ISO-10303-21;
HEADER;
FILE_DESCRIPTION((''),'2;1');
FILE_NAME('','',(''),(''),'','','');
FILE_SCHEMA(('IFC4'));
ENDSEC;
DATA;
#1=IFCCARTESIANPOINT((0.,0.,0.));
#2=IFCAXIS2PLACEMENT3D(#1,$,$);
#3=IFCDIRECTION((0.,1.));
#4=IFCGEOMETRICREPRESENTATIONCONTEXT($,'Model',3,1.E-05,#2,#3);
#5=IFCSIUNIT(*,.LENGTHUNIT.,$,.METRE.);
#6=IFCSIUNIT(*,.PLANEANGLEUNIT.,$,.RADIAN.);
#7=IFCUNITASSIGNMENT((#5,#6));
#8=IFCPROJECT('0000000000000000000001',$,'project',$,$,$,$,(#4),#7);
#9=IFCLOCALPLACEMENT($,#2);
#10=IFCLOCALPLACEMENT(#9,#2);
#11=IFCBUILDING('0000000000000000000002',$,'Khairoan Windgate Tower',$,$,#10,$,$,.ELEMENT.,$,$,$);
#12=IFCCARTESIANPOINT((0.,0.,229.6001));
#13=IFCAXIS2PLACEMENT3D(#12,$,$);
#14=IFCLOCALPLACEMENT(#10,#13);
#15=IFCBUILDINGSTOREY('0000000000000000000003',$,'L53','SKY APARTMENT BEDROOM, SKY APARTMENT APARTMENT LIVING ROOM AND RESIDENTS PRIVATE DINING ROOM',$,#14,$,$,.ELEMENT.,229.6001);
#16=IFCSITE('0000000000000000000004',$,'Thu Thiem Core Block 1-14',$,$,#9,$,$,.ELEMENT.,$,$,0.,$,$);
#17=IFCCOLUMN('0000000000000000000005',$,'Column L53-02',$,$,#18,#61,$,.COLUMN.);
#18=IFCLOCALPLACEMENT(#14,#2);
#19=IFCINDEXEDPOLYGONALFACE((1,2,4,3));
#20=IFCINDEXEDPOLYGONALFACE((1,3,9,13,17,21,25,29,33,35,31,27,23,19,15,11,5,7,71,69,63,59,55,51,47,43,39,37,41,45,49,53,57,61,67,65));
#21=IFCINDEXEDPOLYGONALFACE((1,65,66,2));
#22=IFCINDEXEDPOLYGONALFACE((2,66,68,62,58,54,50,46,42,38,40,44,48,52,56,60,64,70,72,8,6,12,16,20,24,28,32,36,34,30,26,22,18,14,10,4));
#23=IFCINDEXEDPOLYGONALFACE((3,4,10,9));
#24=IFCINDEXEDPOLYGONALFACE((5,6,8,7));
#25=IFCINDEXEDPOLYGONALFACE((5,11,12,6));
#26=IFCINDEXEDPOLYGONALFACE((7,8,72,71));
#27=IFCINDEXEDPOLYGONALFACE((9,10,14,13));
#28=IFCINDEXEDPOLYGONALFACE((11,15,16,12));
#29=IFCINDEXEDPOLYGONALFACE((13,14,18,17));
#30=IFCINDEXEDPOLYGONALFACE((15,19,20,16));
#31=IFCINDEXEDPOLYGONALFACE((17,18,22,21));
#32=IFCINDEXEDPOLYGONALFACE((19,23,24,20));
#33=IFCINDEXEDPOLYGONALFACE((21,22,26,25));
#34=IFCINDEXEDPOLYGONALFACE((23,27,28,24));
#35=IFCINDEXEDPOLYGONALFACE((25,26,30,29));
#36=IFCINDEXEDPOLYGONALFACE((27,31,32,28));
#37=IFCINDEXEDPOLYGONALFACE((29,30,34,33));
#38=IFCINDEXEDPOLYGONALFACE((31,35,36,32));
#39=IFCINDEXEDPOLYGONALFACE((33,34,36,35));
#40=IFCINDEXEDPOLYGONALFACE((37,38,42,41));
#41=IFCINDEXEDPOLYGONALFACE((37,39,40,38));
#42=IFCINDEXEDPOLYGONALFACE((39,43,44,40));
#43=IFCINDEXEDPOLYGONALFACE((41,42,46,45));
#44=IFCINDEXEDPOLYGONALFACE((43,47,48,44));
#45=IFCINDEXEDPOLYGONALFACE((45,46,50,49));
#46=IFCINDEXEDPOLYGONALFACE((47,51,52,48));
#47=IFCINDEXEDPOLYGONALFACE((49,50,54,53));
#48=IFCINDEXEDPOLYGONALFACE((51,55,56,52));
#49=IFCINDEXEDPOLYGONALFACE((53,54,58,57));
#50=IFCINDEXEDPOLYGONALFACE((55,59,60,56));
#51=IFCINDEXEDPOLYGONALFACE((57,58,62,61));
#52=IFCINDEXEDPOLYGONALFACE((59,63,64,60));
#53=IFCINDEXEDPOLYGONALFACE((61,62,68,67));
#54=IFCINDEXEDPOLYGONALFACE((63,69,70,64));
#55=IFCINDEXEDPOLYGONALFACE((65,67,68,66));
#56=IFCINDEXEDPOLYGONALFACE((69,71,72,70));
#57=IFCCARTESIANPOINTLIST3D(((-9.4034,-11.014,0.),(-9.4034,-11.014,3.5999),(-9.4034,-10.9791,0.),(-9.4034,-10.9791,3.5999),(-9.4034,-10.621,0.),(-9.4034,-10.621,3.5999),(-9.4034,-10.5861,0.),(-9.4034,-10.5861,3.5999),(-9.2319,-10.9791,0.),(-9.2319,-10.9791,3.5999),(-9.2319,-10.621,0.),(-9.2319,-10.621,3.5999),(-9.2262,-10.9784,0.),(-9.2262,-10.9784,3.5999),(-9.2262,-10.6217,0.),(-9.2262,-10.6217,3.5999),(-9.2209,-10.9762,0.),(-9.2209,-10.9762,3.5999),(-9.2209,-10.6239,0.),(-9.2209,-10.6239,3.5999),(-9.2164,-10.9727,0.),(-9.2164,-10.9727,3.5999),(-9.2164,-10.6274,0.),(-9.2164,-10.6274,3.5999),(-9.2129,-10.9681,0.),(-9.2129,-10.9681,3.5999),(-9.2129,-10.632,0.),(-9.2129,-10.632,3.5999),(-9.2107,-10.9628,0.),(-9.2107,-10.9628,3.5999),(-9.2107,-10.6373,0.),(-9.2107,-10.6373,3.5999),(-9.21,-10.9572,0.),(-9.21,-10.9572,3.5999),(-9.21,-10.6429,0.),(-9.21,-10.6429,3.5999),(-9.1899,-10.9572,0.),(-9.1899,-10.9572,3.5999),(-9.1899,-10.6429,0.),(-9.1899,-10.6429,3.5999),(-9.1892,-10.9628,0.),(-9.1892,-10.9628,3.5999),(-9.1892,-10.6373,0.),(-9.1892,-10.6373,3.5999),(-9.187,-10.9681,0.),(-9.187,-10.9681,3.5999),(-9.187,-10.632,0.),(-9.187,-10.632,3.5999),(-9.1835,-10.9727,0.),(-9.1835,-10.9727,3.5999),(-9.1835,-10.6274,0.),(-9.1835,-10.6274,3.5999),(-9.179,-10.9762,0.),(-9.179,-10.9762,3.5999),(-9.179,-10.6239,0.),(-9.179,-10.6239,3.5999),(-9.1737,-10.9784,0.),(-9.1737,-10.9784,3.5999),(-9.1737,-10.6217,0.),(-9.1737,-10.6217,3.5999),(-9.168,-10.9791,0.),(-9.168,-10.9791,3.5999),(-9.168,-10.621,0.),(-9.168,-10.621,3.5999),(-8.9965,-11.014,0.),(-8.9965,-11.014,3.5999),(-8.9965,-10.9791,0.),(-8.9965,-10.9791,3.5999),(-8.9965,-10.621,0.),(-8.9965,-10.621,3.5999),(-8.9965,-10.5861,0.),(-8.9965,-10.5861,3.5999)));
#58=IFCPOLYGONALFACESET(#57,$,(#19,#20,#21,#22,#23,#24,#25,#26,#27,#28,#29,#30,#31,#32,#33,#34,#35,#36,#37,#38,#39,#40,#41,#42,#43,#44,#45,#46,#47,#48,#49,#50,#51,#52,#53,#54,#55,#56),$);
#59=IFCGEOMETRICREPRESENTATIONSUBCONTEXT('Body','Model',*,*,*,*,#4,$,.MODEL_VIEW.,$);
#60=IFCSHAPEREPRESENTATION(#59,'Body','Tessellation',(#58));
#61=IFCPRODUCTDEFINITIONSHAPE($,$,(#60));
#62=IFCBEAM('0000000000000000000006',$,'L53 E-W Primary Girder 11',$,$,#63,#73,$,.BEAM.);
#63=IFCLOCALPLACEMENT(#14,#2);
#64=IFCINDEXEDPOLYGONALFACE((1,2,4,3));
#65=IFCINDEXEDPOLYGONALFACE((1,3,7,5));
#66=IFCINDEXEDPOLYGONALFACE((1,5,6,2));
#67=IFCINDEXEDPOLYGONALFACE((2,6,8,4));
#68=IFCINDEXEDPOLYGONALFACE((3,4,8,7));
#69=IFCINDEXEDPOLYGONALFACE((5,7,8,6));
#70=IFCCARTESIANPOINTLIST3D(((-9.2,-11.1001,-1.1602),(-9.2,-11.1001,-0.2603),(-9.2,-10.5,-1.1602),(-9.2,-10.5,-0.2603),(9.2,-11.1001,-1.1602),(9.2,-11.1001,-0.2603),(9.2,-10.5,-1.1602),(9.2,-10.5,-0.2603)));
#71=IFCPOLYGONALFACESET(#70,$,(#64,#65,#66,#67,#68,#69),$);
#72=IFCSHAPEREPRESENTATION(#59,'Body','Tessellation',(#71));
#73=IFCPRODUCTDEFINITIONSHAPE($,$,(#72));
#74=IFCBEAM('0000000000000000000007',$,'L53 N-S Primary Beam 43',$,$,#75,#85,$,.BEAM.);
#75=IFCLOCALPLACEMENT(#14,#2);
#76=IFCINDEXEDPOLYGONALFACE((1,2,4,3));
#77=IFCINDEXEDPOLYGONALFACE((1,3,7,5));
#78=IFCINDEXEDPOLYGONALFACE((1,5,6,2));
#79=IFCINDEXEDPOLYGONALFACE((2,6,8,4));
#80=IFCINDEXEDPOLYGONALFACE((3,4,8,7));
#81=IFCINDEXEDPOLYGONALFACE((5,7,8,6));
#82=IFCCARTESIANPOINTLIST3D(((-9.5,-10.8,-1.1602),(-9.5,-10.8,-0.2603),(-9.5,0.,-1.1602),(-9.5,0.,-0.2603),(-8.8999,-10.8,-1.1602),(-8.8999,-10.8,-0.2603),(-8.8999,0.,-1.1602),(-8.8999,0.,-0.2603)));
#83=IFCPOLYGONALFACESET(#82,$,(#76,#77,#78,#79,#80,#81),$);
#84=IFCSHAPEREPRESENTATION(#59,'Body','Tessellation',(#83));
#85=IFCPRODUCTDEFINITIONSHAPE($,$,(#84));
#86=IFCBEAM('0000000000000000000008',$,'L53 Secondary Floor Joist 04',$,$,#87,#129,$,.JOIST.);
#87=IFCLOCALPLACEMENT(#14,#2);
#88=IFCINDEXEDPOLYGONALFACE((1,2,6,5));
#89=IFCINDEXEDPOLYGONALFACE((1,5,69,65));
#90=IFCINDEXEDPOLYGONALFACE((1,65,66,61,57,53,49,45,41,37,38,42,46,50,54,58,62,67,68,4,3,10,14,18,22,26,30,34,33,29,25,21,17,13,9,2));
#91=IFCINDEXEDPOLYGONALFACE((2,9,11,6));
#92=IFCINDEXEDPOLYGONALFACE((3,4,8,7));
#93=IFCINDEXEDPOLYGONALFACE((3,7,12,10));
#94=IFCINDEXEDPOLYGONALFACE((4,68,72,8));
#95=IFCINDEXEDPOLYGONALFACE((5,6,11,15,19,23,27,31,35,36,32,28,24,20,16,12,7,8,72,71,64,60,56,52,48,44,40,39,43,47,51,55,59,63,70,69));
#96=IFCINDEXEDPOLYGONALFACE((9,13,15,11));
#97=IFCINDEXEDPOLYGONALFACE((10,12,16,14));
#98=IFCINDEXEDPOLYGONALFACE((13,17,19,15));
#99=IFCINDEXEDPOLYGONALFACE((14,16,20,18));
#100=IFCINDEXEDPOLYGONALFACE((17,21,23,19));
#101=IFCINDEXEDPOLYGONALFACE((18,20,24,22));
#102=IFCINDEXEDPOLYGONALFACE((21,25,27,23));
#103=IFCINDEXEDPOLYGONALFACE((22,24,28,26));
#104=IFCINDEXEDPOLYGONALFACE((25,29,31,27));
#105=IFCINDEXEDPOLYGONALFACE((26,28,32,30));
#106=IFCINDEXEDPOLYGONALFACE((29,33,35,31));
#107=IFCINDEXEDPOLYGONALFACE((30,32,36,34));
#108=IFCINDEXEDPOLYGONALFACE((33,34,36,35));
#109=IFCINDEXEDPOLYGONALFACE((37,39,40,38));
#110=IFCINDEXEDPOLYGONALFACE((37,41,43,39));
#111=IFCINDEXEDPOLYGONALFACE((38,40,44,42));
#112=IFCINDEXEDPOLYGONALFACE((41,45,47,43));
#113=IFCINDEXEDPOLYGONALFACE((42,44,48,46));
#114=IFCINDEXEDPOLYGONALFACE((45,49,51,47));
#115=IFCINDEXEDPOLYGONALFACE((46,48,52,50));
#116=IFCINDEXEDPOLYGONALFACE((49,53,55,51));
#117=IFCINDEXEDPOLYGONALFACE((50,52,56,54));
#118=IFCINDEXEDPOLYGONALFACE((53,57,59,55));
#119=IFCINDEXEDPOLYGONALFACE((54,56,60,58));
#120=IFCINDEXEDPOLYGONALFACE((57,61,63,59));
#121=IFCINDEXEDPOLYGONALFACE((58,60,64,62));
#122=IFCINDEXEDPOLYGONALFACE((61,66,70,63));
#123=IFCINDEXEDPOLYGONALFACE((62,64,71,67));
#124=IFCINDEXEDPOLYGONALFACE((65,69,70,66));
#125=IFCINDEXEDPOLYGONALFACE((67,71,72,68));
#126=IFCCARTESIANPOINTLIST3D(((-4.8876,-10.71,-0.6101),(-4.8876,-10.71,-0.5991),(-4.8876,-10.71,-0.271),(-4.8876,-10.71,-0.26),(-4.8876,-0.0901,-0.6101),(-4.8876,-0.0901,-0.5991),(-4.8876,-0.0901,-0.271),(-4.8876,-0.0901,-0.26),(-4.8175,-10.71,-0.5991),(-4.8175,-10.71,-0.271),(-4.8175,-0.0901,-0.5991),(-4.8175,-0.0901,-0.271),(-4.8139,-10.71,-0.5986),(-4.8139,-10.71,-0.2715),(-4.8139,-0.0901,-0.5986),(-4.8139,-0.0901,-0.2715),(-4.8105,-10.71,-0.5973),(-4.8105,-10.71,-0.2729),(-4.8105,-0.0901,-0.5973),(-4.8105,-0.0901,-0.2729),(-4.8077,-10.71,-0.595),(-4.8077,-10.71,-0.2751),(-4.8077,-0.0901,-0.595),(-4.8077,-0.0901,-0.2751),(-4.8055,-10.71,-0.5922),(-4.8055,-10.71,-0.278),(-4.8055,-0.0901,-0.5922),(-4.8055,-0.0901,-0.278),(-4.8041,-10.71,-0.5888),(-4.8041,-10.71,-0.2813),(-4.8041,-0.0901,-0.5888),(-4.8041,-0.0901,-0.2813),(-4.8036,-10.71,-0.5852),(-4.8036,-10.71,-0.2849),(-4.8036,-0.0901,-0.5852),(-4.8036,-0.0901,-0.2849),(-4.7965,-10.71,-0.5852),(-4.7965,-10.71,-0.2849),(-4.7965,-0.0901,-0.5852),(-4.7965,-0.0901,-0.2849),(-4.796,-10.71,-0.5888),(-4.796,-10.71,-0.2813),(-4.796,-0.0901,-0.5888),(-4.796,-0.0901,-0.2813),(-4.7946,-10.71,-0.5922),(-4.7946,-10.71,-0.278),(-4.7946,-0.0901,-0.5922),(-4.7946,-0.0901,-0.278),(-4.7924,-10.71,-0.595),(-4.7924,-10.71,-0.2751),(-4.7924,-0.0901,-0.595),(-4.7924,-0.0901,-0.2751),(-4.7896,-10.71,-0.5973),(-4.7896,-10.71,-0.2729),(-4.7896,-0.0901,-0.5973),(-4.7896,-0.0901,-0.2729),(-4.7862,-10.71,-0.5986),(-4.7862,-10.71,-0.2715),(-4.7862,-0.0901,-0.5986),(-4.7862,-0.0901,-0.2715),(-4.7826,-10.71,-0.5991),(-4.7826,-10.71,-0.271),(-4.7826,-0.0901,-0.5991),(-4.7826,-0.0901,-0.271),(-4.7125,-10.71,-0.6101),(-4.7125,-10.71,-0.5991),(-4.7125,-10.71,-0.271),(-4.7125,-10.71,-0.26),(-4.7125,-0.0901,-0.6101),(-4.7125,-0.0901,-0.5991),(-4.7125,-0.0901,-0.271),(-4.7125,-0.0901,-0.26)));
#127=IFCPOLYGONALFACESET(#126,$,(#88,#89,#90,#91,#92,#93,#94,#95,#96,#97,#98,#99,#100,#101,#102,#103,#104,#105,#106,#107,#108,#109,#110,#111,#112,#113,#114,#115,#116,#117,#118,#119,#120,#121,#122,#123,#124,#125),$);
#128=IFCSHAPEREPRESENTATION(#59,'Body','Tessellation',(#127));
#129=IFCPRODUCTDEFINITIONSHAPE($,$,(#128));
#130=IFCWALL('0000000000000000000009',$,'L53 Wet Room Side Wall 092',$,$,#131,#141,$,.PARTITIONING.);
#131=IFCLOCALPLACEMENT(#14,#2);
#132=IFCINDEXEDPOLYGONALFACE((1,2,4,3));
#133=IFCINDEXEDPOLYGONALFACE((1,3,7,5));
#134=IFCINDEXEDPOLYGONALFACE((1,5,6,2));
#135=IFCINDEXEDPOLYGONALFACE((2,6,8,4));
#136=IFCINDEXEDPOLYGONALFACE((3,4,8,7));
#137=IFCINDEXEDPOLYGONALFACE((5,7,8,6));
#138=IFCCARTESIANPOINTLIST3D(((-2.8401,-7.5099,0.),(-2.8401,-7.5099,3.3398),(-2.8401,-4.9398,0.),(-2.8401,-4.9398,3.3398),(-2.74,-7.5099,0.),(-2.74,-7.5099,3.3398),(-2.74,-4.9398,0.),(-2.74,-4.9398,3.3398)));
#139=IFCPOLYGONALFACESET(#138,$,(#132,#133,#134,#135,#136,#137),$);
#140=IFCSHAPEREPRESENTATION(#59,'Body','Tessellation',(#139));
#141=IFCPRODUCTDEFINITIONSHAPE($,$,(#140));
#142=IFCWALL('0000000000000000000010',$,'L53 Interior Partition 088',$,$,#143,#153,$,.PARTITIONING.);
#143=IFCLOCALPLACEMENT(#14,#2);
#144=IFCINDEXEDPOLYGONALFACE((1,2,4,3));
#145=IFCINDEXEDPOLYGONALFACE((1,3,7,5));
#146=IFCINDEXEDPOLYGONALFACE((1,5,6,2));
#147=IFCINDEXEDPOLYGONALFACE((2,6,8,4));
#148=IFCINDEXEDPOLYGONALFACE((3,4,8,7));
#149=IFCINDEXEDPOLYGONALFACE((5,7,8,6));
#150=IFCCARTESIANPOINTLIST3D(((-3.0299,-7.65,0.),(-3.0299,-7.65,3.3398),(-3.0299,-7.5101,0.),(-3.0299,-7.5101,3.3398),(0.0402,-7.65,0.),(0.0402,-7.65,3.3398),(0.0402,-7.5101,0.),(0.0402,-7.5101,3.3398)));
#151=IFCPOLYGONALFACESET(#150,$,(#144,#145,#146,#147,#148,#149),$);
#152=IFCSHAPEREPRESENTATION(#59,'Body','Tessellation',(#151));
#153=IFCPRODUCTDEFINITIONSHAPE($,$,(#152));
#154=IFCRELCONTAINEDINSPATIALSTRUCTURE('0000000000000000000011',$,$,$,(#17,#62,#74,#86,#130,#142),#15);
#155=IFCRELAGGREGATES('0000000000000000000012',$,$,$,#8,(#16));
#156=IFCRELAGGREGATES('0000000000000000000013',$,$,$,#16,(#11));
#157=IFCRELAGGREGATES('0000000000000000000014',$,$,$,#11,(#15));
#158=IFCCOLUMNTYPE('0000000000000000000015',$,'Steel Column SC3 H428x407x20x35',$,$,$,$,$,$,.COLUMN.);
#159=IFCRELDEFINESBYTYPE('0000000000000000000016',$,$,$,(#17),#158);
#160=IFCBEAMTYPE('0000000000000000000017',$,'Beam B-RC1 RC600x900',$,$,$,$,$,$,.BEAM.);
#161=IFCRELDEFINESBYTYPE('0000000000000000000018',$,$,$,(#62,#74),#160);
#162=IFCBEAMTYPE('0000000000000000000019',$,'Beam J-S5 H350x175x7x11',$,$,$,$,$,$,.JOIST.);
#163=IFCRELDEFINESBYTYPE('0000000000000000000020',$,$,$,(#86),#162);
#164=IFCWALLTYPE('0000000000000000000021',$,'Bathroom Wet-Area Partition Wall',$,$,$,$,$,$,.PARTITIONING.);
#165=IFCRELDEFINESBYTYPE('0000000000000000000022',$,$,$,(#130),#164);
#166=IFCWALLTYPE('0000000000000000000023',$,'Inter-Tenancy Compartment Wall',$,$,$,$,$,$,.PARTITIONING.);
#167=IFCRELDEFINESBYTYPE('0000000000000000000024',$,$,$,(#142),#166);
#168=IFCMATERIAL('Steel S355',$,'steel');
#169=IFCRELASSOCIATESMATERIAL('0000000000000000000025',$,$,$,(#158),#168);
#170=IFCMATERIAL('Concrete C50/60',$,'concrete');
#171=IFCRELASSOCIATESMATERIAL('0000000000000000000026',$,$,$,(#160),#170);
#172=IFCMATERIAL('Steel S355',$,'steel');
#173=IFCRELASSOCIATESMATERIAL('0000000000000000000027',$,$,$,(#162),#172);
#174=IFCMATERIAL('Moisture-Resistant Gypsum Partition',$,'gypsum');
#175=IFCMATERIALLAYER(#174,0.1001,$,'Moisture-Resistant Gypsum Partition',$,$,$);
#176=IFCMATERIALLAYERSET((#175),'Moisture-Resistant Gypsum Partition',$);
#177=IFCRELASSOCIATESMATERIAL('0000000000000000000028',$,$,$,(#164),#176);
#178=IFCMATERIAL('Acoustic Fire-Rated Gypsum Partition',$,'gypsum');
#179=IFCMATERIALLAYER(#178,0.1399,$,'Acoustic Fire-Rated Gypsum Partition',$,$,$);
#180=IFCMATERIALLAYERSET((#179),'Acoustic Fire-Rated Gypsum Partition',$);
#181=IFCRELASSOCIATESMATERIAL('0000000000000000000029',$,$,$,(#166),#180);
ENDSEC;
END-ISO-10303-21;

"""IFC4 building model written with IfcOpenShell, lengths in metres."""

from ifc_helpers import new_model, si_unit, direction, frame, frame_2d, origin, origin_2d, place, context, subcontext, project, spatial, rectangle, i_section, extrude, material, layer, layer_set, material_profile, profile_set, type_object, element, save


model = new_model("IFC4")

# Units and contexts
model_context = context("Model", 3, precision=1e-05, world=origin(), true_north=direction((0.0, 1.0)))
body_context = subcontext(model_context, "Body", "Model", "MODEL_VIEW")
ifc_project = project(units=[si_unit("LENGTHUNIT", "METRE"), si_unit("PLANEANGLEUNIT", "RADIAN")], contexts=[model_context])

# Site, building, storey
site_placement = place(None, origin())
site = spatial("IfcSite", under=ifc_project, at=site_placement, Name="Thu Thiem Core Block 1-14", CompositionType="ELEMENT", RefElevation=0.0)
building_placement = place(site_placement, origin())
building = spatial("IfcBuilding", under=site, at=building_placement, Name="Khairoan Windgate Tower", CompositionType="ELEMENT")
storey_placement = place(building_placement, frame((0.0, 0.0, 229.6001)))
storey = spatial("IfcBuildingStorey", under=building, at=storey_placement, Name="L53", Description="SKY APARTMENT BEDROOM, SKY APARTMENT APARTMENT LIVING ROOM AND RESIDENTS PRIVATE DINING ROOM", CompositionType="ELEMENT", Elevation=229.6001)

# Column
ifc_material_1 = material(Name="Steel S355", Category="steel")
ifc_material_profile_1 = material_profile(ifc_material_1, i_section(OverallWidth=0.407, OverallDepth=0.428, WebThickness=0.02, FlangeThickness=0.0349, FilletRadius=0.022, at=origin_2d()))
ifc_profile_set_1 = profile_set([ifc_material_profile_1], Name="Steel S355")
column_type = type_object("IfcColumnType", Name="Steel Column SC3 H428x407x20x35", PredefinedType="COLUMN", material=ifc_profile_set_1)
column_placement = place(storey_placement, frame((-9.2, -10.8, 0.0), z_axis=(0.0, 0.0, 1.0), x_axis=(1.0, 0.0, 0.0)))
element("IfcColumn", 1, at=column_placement, inside=storey, type_object=column_type, Name="Column L53-02", PredefinedType="COLUMN", context=body_context, shape_type="SweptSolid", body=[
    extrude(i_section(OverallWidth=0.407, OverallDepth=0.428, WebThickness=0.02, FlangeThickness=0.0349, FilletRadius=0.022, at=origin_2d()), origin(), (0.0, 0.0, 1.0), 3.5999),
])

# Beams
ifc_material_2 = material(Name="Concrete C50/60", Category="concrete")
ifc_material_profile_2 = material_profile(ifc_material_2, rectangle(XDim=0.6001, YDim=0.8999, at=origin_2d()))
ifc_profile_set_2 = profile_set([ifc_material_profile_2], Name="Concrete C50/60")
beam_type_1 = type_object("IfcBeamType", Name="Beam B-RC1 RC600x900", PredefinedType="BEAM", material=ifc_profile_set_2)
beam_1_placement = place(storey_placement, frame((-9.2, -10.8, -0.7102), z_axis=(1.0, 0.0, 0.0), x_axis=(0.0, 1.0, 0.0)))
element("IfcBeam", 2, at=beam_1_placement, inside=storey, type_object=beam_type_1, Name="L53 E-W Primary Girder 11", PredefinedType="BEAM", context=body_context, shape_type="SweptSolid", body=[
    extrude(rectangle(XDim=0.6001, YDim=0.8999, at=origin_2d()), origin(), (0.0, 0.0, 1.0), 18.3999),
])
beam_2_placement = place(storey_placement, frame((-9.2, -10.8, -0.7102), z_axis=(0.0, 1.0, 0.0), x_axis=(-1.0, 0.0, 0.0)))
element("IfcBeam", 3, at=beam_2_placement, inside=storey, type_object=beam_type_1, Name="L53 N-S Primary Beam 43", PredefinedType="BEAM", context=body_context, shape_type="SweptSolid", body=[
    extrude(rectangle(XDim=0.6001, YDim=0.8999, at=origin_2d()), origin(), (0.0, 0.0, 1.0), 10.8),
])
ifc_material_3 = material(Name="Steel S355", Category="steel")
ifc_material_profile_3 = material_profile(ifc_material_3, i_section(OverallWidth=0.175, OverallDepth=0.3501, WebThickness=0.0071, FlangeThickness=0.011, FilletRadius=0.0139, at=origin_2d()))
ifc_profile_set_3 = profile_set([ifc_material_profile_3], Name="Steel S355")
beam_type_2 = type_object("IfcBeamType", Name="Beam J-S5 H350x175x7x11", PredefinedType="JOIST", material=ifc_profile_set_3)
beam_3_placement = place(storey_placement, frame((-4.8, -10.71, -0.4351), z_axis=(0.0, 1.0, 0.0), x_axis=(-1.0, 0.0, 0.0)))
element("IfcBeam", 4, at=beam_3_placement, inside=storey, type_object=beam_type_2, Name="L53 Secondary Floor Joist 04", PredefinedType="JOIST", context=body_context, shape_type="SweptSolid", body=[
    extrude(i_section(OverallWidth=0.175, OverallDepth=0.3501, WebThickness=0.0071, FlangeThickness=0.011, FilletRadius=0.0139, at=origin_2d()), origin(), (0.0, 0.0, 1.0), 10.6199),
])

# Walls
ifc_material_4 = material(Name="Moisture-Resistant Gypsum Partition", Category="gypsum")
ifc_layer_1 = layer(ifc_material_4, 0.1001, Name="Moisture-Resistant Gypsum Partition")
ifc_layer_set_1 = layer_set([ifc_layer_1], Name="Moisture-Resistant Gypsum Partition")
wall_type_1 = type_object("IfcWallType", Name="Bathroom Wet-Area Partition Wall", PredefinedType="PARTITIONING", material=ifc_layer_set_1)
wall_1_placement = place(storey_placement, frame((-2.79, -7.51, 0.0), z_axis=(0.0, 0.0, 1.0), x_axis=(0.0, 1.0, 0.0)))
element("IfcWall", 5, at=wall_1_placement, inside=storey, type_object=wall_type_1, Name="L53 Wet Room Side Wall 092", PredefinedType="PARTITIONING", context=body_context, shape_type="SweptSolid", body=[
    extrude(rectangle(XDim=2.5701, YDim=0.1001, at=frame_2d((1.2852, 0.0))), origin(), (0.0, 0.0, 1.0), 3.3398),
])
ifc_material_5 = material(Name="Acoustic Fire-Rated Gypsum Partition", Category="gypsum")
ifc_layer_2 = layer(ifc_material_5, 0.1399, Name="Acoustic Fire-Rated Gypsum Partition")
ifc_layer_set_2 = layer_set([ifc_layer_2], Name="Acoustic Fire-Rated Gypsum Partition")
wall_type_2 = type_object("IfcWallType", Name="Inter-Tenancy Compartment Wall", PredefinedType="PARTITIONING", material=ifc_layer_set_2)
wall_2_placement = place(storey_placement, frame((-3.03, -7.5801, 0.0), z_axis=(0.0, 0.0, 1.0), x_axis=(1.0, 0.0, 0.0)))
element("IfcWall", 6, at=wall_2_placement, inside=storey, type_object=wall_type_2, Name="L53 Interior Partition 088", PredefinedType="PARTITIONING", context=body_context, shape_type="SweptSolid", body=[
    extrude(rectangle(XDim=3.0701, YDim=0.1399, at=frame_2d((1.5352, 0.0))), origin(), (0.0, 0.0, 1.0), 3.3398),
])

save(model, "model.ifc")
